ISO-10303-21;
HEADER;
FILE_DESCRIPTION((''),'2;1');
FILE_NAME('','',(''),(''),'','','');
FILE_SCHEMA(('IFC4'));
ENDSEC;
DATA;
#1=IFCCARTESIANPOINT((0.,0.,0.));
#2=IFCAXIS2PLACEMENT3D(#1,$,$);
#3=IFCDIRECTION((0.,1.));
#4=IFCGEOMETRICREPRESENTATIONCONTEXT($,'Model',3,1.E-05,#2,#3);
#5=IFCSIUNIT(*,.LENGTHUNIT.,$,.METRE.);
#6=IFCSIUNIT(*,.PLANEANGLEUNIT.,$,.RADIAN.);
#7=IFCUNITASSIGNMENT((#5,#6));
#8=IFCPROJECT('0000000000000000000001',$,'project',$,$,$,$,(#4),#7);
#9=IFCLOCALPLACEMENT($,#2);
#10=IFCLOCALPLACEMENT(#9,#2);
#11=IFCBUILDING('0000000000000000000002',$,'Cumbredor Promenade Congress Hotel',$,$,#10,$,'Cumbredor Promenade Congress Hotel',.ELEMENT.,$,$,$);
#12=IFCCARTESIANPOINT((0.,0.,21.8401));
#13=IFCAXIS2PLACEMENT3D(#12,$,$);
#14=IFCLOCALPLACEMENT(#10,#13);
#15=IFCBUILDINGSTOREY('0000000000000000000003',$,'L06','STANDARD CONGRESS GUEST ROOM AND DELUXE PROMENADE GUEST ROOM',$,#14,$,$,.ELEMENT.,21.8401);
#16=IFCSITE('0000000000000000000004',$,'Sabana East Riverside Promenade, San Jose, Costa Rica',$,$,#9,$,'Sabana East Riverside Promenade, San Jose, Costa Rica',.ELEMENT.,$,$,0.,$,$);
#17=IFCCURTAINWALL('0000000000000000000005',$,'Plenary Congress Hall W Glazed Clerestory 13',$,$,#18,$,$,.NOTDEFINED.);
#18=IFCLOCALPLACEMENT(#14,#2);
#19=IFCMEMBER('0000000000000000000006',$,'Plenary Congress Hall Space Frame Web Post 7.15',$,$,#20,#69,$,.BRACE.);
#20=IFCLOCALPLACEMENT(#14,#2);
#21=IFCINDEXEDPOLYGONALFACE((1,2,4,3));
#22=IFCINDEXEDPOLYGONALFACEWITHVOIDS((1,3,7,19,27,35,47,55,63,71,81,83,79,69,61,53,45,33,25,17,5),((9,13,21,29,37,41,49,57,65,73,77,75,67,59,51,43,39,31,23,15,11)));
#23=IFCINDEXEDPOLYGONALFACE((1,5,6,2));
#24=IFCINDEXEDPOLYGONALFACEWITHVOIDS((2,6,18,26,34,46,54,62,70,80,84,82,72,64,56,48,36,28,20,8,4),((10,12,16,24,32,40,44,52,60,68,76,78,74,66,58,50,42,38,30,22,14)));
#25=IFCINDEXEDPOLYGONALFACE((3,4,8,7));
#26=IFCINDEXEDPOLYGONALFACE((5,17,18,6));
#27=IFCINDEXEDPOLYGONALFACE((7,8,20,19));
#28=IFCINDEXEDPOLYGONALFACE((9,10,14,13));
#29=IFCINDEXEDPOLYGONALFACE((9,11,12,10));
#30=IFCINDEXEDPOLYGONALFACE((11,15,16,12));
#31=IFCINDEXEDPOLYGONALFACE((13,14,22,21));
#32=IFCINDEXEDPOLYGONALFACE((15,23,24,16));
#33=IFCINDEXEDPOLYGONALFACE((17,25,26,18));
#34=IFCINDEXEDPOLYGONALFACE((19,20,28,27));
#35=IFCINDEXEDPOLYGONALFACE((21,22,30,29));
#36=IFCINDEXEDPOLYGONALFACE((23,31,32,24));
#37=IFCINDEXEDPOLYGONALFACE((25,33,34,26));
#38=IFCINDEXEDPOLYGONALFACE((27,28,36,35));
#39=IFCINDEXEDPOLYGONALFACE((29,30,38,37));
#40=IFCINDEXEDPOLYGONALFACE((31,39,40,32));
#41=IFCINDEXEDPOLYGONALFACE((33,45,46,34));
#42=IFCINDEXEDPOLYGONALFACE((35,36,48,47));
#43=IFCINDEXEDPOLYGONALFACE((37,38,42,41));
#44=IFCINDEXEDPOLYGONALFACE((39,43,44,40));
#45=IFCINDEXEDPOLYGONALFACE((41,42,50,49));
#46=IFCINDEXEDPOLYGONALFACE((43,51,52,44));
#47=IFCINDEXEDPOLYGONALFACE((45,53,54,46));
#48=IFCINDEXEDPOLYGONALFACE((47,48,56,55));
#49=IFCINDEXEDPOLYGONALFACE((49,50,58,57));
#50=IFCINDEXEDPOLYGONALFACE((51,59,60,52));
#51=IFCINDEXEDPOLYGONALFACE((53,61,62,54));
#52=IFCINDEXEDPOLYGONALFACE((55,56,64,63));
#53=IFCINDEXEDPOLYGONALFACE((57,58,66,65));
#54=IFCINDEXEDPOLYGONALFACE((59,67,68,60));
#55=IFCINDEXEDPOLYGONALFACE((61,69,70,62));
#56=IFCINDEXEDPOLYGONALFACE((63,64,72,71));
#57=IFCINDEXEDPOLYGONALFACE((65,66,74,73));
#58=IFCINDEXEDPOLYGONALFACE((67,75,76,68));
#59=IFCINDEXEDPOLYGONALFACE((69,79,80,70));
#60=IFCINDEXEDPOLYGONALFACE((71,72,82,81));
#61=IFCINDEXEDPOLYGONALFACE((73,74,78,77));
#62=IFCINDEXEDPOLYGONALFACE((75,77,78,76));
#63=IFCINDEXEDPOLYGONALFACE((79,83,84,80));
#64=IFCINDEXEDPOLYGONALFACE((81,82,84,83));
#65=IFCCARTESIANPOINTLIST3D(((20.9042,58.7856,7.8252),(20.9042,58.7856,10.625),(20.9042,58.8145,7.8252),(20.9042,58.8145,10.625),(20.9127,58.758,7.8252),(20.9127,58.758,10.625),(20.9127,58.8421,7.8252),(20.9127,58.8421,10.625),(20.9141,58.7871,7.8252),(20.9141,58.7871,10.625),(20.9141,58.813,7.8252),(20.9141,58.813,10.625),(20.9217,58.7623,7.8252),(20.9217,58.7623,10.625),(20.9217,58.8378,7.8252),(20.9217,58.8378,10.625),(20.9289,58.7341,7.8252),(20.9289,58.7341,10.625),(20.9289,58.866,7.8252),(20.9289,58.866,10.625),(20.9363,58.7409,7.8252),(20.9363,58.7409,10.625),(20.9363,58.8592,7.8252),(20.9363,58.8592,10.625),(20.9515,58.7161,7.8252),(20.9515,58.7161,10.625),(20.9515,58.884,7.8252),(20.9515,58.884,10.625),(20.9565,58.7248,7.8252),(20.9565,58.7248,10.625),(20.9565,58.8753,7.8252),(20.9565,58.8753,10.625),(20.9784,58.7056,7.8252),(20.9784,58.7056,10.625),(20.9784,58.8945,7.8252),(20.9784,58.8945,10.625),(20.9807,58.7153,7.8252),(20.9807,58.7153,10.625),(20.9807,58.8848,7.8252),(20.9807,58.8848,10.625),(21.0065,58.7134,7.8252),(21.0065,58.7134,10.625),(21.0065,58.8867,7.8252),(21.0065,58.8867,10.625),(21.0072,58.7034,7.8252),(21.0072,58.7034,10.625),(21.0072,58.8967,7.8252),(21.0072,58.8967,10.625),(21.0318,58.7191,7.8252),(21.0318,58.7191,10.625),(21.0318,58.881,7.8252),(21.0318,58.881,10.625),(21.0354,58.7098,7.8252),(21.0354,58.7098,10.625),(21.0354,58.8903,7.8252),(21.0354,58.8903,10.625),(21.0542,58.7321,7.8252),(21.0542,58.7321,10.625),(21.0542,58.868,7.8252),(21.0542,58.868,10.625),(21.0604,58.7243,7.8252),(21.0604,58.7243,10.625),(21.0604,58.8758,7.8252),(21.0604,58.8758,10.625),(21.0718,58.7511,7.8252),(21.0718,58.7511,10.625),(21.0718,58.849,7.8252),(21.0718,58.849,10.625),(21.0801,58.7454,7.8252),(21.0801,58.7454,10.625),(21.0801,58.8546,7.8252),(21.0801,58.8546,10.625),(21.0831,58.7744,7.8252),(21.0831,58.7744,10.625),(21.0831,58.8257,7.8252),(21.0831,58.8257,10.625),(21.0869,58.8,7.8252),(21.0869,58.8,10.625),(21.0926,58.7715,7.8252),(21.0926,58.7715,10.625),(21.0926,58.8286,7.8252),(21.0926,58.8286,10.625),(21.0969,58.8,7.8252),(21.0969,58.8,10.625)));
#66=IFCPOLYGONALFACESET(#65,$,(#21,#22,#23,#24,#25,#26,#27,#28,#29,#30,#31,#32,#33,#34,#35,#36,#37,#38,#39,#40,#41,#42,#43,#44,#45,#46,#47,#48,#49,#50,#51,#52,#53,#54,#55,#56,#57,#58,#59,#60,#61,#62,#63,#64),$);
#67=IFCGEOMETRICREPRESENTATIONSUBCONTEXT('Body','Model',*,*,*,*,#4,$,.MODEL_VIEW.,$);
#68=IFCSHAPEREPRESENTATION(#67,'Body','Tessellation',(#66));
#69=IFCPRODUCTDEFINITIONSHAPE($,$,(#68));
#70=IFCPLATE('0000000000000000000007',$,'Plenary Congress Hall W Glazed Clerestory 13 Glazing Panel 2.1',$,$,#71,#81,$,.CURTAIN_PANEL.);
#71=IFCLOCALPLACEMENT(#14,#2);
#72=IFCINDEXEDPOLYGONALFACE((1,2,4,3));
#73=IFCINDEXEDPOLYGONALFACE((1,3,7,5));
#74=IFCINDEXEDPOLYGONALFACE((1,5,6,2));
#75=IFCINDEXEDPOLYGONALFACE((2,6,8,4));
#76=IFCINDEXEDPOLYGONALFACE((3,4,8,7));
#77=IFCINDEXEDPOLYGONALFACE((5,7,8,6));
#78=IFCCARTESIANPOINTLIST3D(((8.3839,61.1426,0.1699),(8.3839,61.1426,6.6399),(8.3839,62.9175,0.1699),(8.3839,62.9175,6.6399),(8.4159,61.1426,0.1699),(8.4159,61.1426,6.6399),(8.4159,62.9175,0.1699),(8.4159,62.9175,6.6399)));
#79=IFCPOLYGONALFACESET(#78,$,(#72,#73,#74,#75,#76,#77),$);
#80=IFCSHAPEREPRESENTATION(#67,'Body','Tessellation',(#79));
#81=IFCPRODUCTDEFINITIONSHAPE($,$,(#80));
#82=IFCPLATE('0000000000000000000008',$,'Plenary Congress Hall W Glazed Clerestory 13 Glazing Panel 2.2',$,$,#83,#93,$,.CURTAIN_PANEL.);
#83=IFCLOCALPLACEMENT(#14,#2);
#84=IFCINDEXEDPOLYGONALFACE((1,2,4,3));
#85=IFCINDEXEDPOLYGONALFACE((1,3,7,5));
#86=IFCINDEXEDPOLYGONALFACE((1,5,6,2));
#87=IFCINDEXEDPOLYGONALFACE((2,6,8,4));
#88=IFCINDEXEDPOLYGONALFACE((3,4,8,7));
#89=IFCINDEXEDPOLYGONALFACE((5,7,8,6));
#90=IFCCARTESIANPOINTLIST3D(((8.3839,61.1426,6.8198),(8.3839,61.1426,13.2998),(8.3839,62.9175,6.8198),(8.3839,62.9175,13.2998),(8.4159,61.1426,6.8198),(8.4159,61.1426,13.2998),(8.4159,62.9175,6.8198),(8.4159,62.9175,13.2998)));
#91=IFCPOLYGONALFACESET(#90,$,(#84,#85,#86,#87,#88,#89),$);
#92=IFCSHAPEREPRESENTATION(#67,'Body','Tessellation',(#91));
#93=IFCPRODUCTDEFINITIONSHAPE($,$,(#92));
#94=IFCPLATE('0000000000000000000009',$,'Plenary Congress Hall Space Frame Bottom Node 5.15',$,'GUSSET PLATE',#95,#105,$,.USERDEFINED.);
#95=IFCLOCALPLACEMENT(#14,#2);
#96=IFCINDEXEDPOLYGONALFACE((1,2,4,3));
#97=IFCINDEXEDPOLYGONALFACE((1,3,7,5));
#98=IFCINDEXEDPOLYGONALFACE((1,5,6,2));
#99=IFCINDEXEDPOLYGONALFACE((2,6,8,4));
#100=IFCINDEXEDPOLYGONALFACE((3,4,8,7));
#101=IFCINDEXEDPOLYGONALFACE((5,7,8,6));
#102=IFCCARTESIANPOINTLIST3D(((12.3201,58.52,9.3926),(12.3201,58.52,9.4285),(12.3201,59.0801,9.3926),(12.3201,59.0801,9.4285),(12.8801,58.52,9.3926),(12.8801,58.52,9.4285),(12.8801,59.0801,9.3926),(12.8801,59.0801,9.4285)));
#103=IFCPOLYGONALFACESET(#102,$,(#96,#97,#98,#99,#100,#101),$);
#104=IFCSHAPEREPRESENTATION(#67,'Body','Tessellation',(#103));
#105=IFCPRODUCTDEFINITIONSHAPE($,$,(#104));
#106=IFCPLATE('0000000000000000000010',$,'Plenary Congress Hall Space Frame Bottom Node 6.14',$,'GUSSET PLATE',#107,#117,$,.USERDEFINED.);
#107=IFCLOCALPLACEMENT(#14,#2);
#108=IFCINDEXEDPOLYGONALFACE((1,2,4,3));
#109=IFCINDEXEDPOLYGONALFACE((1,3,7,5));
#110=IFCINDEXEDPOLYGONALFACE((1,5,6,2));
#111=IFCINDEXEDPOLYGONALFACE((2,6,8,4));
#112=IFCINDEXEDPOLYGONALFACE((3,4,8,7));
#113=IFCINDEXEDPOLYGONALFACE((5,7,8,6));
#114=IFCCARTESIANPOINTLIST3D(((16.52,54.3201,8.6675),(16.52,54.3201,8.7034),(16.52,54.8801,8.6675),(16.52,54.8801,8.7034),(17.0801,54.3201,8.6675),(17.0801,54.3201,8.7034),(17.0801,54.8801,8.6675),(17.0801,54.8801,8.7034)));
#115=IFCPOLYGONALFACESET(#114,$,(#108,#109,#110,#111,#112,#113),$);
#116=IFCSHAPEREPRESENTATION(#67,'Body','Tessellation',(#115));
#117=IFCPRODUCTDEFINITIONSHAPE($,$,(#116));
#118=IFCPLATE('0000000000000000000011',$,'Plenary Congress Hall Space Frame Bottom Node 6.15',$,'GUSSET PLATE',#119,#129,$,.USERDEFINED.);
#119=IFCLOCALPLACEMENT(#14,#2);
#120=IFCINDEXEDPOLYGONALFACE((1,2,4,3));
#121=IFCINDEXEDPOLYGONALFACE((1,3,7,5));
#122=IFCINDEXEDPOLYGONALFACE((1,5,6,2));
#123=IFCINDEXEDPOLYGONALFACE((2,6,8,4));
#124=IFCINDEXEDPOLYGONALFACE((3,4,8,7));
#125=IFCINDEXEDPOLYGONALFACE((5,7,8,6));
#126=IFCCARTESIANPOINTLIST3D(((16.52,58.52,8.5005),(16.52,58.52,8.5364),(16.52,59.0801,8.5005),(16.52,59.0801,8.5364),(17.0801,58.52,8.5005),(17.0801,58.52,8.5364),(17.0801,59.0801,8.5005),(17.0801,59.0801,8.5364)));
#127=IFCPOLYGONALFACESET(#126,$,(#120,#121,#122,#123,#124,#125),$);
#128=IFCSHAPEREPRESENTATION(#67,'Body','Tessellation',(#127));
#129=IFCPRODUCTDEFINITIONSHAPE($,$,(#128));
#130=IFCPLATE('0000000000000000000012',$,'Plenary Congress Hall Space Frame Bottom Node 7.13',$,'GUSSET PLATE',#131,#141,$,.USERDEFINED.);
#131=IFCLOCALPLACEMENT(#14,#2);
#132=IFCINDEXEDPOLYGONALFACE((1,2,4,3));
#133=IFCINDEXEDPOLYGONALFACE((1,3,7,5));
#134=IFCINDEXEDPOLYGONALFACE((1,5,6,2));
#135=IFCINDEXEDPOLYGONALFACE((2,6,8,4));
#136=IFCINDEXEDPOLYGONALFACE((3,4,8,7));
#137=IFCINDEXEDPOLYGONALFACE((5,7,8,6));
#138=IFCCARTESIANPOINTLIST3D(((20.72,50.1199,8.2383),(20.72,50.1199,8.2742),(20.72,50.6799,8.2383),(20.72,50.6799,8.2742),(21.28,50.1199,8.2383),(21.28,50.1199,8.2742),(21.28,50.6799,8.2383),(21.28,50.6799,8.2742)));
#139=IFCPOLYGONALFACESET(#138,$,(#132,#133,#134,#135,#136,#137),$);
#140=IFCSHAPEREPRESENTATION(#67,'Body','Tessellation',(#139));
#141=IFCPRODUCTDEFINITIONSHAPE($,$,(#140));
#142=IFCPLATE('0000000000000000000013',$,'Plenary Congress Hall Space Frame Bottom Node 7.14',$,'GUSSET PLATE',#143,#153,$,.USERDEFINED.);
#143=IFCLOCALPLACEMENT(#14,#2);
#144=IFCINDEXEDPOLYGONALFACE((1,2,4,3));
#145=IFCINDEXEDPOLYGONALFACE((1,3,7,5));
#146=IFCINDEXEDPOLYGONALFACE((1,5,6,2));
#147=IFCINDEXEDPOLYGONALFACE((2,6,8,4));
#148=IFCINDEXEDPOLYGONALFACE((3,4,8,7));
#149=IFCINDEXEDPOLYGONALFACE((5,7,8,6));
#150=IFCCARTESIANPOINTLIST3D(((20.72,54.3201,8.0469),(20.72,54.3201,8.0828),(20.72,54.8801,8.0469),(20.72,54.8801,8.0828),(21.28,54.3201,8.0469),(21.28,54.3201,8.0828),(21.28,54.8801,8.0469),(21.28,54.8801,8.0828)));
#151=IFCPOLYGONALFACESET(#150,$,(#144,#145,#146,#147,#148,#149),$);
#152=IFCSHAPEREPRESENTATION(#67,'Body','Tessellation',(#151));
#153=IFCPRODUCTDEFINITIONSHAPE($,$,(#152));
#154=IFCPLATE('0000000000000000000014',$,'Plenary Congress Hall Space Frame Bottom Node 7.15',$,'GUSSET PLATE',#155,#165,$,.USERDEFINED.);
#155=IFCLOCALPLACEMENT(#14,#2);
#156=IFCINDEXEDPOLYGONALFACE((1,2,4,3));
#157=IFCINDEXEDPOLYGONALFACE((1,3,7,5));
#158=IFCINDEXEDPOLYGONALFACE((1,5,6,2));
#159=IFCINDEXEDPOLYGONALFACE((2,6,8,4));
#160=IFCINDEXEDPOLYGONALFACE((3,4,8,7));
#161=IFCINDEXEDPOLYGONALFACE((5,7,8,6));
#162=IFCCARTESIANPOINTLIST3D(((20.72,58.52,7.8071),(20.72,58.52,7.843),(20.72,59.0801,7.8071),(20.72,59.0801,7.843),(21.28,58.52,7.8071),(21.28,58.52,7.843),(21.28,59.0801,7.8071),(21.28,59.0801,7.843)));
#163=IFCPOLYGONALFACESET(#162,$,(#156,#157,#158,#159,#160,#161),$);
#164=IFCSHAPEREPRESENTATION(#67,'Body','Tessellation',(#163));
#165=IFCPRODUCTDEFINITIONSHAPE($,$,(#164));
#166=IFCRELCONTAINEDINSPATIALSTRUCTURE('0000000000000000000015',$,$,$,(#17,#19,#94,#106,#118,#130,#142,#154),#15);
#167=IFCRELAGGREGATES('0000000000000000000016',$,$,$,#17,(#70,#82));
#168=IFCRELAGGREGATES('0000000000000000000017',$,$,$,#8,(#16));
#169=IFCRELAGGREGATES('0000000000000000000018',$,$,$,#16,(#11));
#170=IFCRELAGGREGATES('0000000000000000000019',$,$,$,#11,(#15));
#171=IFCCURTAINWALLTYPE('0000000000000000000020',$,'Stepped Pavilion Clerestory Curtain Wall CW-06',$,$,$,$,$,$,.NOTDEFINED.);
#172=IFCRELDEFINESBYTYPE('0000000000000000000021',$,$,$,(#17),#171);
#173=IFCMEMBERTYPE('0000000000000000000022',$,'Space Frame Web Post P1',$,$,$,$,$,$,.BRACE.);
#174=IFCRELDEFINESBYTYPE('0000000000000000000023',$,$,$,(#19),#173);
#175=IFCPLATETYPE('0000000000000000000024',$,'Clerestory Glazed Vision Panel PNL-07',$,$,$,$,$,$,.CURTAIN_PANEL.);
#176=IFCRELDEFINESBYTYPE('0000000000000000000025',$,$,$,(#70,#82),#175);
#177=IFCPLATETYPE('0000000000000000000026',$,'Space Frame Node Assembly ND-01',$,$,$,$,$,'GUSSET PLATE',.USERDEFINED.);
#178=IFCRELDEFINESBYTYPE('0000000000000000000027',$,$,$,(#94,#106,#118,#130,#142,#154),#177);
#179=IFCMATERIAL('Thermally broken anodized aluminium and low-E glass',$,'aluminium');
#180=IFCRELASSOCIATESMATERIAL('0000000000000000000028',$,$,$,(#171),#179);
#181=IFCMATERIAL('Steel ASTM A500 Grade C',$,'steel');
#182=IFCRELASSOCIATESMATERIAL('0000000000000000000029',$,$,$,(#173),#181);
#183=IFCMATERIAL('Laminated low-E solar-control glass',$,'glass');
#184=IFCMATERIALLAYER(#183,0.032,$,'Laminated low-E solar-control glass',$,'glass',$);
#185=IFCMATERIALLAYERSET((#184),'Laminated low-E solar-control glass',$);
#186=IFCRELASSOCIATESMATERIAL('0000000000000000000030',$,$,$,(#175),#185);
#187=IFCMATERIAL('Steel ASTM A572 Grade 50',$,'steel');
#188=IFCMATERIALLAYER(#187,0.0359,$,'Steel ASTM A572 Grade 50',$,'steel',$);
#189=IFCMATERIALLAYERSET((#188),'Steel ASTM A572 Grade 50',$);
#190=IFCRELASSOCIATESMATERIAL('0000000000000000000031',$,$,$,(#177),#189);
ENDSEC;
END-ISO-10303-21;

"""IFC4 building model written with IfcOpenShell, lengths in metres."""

from ifc_helpers import new_model, si_unit, direction, frame, origin, origin_2d, place, context, subcontext, project, spatial, rectangle, hollow_circle, extrude, material, layer, layer_set, material_profile, profile_set, type_object, element, aggregate, save


model = new_model("IFC4")

# Units and contexts
model_context = context("Model", 3, precision=1e-05, world=origin(), true_north=direction((0.0, 1.0)))
body_context = subcontext(model_context, "Body", "Model", "MODEL_VIEW")
ifc_project = project(units=[si_unit("LENGTHUNIT", "METRE"), si_unit("PLANEANGLEUNIT", "RADIAN")], contexts=[model_context])

# Site, building, storey
site_placement = place(None, origin())
site = spatial("IfcSite", under=ifc_project, at=site_placement, Name="Sabana East Riverside Promenade, San Jose, Costa Rica", LongName="Sabana East Riverside Promenade, San Jose, Costa Rica", CompositionType="ELEMENT", RefElevation=0.0)
building_placement = place(site_placement, origin())
building = spatial("IfcBuilding", under=site, at=building_placement, Name="Cumbredor Promenade Congress Hotel", LongName="Cumbredor Promenade Congress Hotel", CompositionType="ELEMENT")
storey_placement = place(building_placement, frame((0.0, 0.0, 21.8401)))
storey = spatial("IfcBuildingStorey", under=building, at=storey_placement, Name="L06", Description="STANDARD CONGRESS GUEST ROOM AND DELUXE PROMENADE GUEST ROOM", CompositionType="ELEMENT", Elevation=21.8401)

# Curtain wall
ifc_material_1 = material(Name="Thermally broken anodized aluminium and low-E glass", Category="aluminium")
curtain_wall_type = type_object("IfcCurtainWallType", Name="Stepped Pavilion Clerestory Curtain Wall CW-06", PredefinedType="NOTDEFINED", material=ifc_material_1)
curtain_wall_placement = place(storey_placement, origin())
curtain_wall = element("IfcCurtainWall", 1, at=curtain_wall_placement, inside=storey, type_object=curtain_wall_type, Name="Plenary Congress Hall W Glazed Clerestory 13", PredefinedType="NOTDEFINED")

# Member
ifc_material_2 = material(Name="Steel ASTM A500 Grade C", Category="steel")
ifc_material_profile_1 = material_profile(ifc_material_2, hollow_circle(Radius=0.0969, WallThickness=0.01, at=origin_2d()), Name="CHS 193.7x10")
ifc_profile_set_1 = profile_set([ifc_material_profile_1], Name="Steel ASTM A500 Grade C")
member_type_1 = type_object("IfcMemberType", Name="Space Frame Web Post P1", PredefinedType="BRACE", material=ifc_profile_set_1)
for number, where, z_axis, x_axis, name in (
    (2, (21.0, 58.8, 7.8252), (0.0, 0.0, 1.0), (1.0, 0.0, 0.0), "Plenary Congress Hall Space Frame Web Post 7.15"),
):
    element("IfcMember", number, at=place(storey_placement, frame(where, z_axis=z_axis, x_axis=x_axis)), inside=storey, type_object=member_type_1, Name=name, PredefinedType="BRACE", context=body_context, shape_type="SweptSolid", body=[
        extrude(hollow_circle(Radius=0.0969, WallThickness=0.01, at=origin_2d()), origin(), (0.0, 0.0, 1.0), 2.7998),
    ])

# Plates
ifc_material_3 = material(Name="Laminated low-E solar-control glass", Category="glass")
ifc_layer_1 = layer(ifc_material_3, 0.032, Name="Laminated low-E solar-control glass", Category="glass")
ifc_layer_set_1 = layer_set([ifc_layer_1], Name="Laminated low-E solar-control glass")
plate_type_1 = type_object("IfcPlateType", Name="Clerestory Glazed Vision Panel PNL-07", PredefinedType="CURTAIN_PANEL", material=ifc_layer_set_1)
plate_1_placement = place(storey_placement, frame((8.3999, 62.03, 0.1699), z_axis=(0.0, 0.0, 1.0), x_axis=(0.0, 1.0, 0.0)))
plate_1 = element("IfcPlate", 3, at=plate_1_placement, type_object=plate_type_1, Name="Plenary Congress Hall W Glazed Clerestory 13 Glazing Panel 2.1", PredefinedType="CURTAIN_PANEL", context=body_context, shape_type="SweptSolid", body=[
    extrude(rectangle(XDim=1.7749, YDim=0.032, at=origin_2d()), origin(), (0.0, 0.0, 1.0), 6.47),
])
plate_2_placement = place(storey_placement, frame((8.3999, 62.03, 6.8198), z_axis=(0.0, 0.0, 1.0), x_axis=(0.0, 1.0, 0.0)))
plate_2 = element("IfcPlate", 4, at=plate_2_placement, type_object=plate_type_1, Name="Plenary Congress Hall W Glazed Clerestory 13 Glazing Panel 2.2", PredefinedType="CURTAIN_PANEL", context=body_context, shape_type="SweptSolid", body=[
    extrude(rectangle(XDim=1.7749, YDim=0.032, at=origin_2d()), origin(), (0.0, 0.0, 1.0), 6.48),
])
aggregate(curtain_wall, [plate_1, plate_2])

# Plates
ifc_material_4 = material(Name="Steel ASTM A572 Grade 50", Category="steel")
ifc_layer_2 = layer(ifc_material_4, 0.0359, Name="Steel ASTM A572 Grade 50", Category="steel")
ifc_layer_set_2 = layer_set([ifc_layer_2], Name="Steel ASTM A572 Grade 50")
plate_type_2 = type_object("IfcPlateType", Name="Space Frame Node Assembly ND-01", ElementType="GUSSET PLATE", PredefinedType="USERDEFINED", material=ifc_layer_set_2)
for number, where, z_axis, x_axis, name in (
    (5, (12.6001, 58.8, 9.3926), (0.0, 0.0, 1.0), (1.0, 0.0, 0.0), "Plenary Congress Hall Space Frame Bottom Node 5.15"),
    (6, (16.8, 54.6001, 8.6675), (0.0, 0.0, 1.0), (1.0, 0.0, 0.0), "Plenary Congress Hall Space Frame Bottom Node 6.14"),
    (7, (16.8, 58.8, 8.5005), (0.0, 0.0, 1.0), (1.0, 0.0, 0.0), "Plenary Congress Hall Space Frame Bottom Node 6.15"),
    (8, (21.0, 50.3999, 8.2383), (0.0, 0.0, 1.0), (1.0, 0.0, 0.0), "Plenary Congress Hall Space Frame Bottom Node 7.13"),
    (9, (21.0, 54.6001, 8.0469), (0.0, 0.0, 1.0), (1.0, 0.0, 0.0), "Plenary Congress Hall Space Frame Bottom Node 7.14"),
    (10, (21.0, 58.8, 7.8071), (0.0, 0.0, 1.0), (1.0, 0.0, 0.0), "Plenary Congress Hall Space Frame Bottom Node 7.15"),
):
    element("IfcPlate", number, at=place(storey_placement, frame(where, z_axis=z_axis, x_axis=x_axis)), inside=storey, type_object=plate_type_2, Name=name, ObjectType="GUSSET PLATE", PredefinedType="USERDEFINED", context=body_context, shape_type="SweptSolid", body=[
        extrude(rectangle(XDim=0.5601, YDim=0.5601, at=origin_2d()), origin(), (0.0, 0.0, 1.0), 0.0359),
    ])

save(model, "model.ifc")
